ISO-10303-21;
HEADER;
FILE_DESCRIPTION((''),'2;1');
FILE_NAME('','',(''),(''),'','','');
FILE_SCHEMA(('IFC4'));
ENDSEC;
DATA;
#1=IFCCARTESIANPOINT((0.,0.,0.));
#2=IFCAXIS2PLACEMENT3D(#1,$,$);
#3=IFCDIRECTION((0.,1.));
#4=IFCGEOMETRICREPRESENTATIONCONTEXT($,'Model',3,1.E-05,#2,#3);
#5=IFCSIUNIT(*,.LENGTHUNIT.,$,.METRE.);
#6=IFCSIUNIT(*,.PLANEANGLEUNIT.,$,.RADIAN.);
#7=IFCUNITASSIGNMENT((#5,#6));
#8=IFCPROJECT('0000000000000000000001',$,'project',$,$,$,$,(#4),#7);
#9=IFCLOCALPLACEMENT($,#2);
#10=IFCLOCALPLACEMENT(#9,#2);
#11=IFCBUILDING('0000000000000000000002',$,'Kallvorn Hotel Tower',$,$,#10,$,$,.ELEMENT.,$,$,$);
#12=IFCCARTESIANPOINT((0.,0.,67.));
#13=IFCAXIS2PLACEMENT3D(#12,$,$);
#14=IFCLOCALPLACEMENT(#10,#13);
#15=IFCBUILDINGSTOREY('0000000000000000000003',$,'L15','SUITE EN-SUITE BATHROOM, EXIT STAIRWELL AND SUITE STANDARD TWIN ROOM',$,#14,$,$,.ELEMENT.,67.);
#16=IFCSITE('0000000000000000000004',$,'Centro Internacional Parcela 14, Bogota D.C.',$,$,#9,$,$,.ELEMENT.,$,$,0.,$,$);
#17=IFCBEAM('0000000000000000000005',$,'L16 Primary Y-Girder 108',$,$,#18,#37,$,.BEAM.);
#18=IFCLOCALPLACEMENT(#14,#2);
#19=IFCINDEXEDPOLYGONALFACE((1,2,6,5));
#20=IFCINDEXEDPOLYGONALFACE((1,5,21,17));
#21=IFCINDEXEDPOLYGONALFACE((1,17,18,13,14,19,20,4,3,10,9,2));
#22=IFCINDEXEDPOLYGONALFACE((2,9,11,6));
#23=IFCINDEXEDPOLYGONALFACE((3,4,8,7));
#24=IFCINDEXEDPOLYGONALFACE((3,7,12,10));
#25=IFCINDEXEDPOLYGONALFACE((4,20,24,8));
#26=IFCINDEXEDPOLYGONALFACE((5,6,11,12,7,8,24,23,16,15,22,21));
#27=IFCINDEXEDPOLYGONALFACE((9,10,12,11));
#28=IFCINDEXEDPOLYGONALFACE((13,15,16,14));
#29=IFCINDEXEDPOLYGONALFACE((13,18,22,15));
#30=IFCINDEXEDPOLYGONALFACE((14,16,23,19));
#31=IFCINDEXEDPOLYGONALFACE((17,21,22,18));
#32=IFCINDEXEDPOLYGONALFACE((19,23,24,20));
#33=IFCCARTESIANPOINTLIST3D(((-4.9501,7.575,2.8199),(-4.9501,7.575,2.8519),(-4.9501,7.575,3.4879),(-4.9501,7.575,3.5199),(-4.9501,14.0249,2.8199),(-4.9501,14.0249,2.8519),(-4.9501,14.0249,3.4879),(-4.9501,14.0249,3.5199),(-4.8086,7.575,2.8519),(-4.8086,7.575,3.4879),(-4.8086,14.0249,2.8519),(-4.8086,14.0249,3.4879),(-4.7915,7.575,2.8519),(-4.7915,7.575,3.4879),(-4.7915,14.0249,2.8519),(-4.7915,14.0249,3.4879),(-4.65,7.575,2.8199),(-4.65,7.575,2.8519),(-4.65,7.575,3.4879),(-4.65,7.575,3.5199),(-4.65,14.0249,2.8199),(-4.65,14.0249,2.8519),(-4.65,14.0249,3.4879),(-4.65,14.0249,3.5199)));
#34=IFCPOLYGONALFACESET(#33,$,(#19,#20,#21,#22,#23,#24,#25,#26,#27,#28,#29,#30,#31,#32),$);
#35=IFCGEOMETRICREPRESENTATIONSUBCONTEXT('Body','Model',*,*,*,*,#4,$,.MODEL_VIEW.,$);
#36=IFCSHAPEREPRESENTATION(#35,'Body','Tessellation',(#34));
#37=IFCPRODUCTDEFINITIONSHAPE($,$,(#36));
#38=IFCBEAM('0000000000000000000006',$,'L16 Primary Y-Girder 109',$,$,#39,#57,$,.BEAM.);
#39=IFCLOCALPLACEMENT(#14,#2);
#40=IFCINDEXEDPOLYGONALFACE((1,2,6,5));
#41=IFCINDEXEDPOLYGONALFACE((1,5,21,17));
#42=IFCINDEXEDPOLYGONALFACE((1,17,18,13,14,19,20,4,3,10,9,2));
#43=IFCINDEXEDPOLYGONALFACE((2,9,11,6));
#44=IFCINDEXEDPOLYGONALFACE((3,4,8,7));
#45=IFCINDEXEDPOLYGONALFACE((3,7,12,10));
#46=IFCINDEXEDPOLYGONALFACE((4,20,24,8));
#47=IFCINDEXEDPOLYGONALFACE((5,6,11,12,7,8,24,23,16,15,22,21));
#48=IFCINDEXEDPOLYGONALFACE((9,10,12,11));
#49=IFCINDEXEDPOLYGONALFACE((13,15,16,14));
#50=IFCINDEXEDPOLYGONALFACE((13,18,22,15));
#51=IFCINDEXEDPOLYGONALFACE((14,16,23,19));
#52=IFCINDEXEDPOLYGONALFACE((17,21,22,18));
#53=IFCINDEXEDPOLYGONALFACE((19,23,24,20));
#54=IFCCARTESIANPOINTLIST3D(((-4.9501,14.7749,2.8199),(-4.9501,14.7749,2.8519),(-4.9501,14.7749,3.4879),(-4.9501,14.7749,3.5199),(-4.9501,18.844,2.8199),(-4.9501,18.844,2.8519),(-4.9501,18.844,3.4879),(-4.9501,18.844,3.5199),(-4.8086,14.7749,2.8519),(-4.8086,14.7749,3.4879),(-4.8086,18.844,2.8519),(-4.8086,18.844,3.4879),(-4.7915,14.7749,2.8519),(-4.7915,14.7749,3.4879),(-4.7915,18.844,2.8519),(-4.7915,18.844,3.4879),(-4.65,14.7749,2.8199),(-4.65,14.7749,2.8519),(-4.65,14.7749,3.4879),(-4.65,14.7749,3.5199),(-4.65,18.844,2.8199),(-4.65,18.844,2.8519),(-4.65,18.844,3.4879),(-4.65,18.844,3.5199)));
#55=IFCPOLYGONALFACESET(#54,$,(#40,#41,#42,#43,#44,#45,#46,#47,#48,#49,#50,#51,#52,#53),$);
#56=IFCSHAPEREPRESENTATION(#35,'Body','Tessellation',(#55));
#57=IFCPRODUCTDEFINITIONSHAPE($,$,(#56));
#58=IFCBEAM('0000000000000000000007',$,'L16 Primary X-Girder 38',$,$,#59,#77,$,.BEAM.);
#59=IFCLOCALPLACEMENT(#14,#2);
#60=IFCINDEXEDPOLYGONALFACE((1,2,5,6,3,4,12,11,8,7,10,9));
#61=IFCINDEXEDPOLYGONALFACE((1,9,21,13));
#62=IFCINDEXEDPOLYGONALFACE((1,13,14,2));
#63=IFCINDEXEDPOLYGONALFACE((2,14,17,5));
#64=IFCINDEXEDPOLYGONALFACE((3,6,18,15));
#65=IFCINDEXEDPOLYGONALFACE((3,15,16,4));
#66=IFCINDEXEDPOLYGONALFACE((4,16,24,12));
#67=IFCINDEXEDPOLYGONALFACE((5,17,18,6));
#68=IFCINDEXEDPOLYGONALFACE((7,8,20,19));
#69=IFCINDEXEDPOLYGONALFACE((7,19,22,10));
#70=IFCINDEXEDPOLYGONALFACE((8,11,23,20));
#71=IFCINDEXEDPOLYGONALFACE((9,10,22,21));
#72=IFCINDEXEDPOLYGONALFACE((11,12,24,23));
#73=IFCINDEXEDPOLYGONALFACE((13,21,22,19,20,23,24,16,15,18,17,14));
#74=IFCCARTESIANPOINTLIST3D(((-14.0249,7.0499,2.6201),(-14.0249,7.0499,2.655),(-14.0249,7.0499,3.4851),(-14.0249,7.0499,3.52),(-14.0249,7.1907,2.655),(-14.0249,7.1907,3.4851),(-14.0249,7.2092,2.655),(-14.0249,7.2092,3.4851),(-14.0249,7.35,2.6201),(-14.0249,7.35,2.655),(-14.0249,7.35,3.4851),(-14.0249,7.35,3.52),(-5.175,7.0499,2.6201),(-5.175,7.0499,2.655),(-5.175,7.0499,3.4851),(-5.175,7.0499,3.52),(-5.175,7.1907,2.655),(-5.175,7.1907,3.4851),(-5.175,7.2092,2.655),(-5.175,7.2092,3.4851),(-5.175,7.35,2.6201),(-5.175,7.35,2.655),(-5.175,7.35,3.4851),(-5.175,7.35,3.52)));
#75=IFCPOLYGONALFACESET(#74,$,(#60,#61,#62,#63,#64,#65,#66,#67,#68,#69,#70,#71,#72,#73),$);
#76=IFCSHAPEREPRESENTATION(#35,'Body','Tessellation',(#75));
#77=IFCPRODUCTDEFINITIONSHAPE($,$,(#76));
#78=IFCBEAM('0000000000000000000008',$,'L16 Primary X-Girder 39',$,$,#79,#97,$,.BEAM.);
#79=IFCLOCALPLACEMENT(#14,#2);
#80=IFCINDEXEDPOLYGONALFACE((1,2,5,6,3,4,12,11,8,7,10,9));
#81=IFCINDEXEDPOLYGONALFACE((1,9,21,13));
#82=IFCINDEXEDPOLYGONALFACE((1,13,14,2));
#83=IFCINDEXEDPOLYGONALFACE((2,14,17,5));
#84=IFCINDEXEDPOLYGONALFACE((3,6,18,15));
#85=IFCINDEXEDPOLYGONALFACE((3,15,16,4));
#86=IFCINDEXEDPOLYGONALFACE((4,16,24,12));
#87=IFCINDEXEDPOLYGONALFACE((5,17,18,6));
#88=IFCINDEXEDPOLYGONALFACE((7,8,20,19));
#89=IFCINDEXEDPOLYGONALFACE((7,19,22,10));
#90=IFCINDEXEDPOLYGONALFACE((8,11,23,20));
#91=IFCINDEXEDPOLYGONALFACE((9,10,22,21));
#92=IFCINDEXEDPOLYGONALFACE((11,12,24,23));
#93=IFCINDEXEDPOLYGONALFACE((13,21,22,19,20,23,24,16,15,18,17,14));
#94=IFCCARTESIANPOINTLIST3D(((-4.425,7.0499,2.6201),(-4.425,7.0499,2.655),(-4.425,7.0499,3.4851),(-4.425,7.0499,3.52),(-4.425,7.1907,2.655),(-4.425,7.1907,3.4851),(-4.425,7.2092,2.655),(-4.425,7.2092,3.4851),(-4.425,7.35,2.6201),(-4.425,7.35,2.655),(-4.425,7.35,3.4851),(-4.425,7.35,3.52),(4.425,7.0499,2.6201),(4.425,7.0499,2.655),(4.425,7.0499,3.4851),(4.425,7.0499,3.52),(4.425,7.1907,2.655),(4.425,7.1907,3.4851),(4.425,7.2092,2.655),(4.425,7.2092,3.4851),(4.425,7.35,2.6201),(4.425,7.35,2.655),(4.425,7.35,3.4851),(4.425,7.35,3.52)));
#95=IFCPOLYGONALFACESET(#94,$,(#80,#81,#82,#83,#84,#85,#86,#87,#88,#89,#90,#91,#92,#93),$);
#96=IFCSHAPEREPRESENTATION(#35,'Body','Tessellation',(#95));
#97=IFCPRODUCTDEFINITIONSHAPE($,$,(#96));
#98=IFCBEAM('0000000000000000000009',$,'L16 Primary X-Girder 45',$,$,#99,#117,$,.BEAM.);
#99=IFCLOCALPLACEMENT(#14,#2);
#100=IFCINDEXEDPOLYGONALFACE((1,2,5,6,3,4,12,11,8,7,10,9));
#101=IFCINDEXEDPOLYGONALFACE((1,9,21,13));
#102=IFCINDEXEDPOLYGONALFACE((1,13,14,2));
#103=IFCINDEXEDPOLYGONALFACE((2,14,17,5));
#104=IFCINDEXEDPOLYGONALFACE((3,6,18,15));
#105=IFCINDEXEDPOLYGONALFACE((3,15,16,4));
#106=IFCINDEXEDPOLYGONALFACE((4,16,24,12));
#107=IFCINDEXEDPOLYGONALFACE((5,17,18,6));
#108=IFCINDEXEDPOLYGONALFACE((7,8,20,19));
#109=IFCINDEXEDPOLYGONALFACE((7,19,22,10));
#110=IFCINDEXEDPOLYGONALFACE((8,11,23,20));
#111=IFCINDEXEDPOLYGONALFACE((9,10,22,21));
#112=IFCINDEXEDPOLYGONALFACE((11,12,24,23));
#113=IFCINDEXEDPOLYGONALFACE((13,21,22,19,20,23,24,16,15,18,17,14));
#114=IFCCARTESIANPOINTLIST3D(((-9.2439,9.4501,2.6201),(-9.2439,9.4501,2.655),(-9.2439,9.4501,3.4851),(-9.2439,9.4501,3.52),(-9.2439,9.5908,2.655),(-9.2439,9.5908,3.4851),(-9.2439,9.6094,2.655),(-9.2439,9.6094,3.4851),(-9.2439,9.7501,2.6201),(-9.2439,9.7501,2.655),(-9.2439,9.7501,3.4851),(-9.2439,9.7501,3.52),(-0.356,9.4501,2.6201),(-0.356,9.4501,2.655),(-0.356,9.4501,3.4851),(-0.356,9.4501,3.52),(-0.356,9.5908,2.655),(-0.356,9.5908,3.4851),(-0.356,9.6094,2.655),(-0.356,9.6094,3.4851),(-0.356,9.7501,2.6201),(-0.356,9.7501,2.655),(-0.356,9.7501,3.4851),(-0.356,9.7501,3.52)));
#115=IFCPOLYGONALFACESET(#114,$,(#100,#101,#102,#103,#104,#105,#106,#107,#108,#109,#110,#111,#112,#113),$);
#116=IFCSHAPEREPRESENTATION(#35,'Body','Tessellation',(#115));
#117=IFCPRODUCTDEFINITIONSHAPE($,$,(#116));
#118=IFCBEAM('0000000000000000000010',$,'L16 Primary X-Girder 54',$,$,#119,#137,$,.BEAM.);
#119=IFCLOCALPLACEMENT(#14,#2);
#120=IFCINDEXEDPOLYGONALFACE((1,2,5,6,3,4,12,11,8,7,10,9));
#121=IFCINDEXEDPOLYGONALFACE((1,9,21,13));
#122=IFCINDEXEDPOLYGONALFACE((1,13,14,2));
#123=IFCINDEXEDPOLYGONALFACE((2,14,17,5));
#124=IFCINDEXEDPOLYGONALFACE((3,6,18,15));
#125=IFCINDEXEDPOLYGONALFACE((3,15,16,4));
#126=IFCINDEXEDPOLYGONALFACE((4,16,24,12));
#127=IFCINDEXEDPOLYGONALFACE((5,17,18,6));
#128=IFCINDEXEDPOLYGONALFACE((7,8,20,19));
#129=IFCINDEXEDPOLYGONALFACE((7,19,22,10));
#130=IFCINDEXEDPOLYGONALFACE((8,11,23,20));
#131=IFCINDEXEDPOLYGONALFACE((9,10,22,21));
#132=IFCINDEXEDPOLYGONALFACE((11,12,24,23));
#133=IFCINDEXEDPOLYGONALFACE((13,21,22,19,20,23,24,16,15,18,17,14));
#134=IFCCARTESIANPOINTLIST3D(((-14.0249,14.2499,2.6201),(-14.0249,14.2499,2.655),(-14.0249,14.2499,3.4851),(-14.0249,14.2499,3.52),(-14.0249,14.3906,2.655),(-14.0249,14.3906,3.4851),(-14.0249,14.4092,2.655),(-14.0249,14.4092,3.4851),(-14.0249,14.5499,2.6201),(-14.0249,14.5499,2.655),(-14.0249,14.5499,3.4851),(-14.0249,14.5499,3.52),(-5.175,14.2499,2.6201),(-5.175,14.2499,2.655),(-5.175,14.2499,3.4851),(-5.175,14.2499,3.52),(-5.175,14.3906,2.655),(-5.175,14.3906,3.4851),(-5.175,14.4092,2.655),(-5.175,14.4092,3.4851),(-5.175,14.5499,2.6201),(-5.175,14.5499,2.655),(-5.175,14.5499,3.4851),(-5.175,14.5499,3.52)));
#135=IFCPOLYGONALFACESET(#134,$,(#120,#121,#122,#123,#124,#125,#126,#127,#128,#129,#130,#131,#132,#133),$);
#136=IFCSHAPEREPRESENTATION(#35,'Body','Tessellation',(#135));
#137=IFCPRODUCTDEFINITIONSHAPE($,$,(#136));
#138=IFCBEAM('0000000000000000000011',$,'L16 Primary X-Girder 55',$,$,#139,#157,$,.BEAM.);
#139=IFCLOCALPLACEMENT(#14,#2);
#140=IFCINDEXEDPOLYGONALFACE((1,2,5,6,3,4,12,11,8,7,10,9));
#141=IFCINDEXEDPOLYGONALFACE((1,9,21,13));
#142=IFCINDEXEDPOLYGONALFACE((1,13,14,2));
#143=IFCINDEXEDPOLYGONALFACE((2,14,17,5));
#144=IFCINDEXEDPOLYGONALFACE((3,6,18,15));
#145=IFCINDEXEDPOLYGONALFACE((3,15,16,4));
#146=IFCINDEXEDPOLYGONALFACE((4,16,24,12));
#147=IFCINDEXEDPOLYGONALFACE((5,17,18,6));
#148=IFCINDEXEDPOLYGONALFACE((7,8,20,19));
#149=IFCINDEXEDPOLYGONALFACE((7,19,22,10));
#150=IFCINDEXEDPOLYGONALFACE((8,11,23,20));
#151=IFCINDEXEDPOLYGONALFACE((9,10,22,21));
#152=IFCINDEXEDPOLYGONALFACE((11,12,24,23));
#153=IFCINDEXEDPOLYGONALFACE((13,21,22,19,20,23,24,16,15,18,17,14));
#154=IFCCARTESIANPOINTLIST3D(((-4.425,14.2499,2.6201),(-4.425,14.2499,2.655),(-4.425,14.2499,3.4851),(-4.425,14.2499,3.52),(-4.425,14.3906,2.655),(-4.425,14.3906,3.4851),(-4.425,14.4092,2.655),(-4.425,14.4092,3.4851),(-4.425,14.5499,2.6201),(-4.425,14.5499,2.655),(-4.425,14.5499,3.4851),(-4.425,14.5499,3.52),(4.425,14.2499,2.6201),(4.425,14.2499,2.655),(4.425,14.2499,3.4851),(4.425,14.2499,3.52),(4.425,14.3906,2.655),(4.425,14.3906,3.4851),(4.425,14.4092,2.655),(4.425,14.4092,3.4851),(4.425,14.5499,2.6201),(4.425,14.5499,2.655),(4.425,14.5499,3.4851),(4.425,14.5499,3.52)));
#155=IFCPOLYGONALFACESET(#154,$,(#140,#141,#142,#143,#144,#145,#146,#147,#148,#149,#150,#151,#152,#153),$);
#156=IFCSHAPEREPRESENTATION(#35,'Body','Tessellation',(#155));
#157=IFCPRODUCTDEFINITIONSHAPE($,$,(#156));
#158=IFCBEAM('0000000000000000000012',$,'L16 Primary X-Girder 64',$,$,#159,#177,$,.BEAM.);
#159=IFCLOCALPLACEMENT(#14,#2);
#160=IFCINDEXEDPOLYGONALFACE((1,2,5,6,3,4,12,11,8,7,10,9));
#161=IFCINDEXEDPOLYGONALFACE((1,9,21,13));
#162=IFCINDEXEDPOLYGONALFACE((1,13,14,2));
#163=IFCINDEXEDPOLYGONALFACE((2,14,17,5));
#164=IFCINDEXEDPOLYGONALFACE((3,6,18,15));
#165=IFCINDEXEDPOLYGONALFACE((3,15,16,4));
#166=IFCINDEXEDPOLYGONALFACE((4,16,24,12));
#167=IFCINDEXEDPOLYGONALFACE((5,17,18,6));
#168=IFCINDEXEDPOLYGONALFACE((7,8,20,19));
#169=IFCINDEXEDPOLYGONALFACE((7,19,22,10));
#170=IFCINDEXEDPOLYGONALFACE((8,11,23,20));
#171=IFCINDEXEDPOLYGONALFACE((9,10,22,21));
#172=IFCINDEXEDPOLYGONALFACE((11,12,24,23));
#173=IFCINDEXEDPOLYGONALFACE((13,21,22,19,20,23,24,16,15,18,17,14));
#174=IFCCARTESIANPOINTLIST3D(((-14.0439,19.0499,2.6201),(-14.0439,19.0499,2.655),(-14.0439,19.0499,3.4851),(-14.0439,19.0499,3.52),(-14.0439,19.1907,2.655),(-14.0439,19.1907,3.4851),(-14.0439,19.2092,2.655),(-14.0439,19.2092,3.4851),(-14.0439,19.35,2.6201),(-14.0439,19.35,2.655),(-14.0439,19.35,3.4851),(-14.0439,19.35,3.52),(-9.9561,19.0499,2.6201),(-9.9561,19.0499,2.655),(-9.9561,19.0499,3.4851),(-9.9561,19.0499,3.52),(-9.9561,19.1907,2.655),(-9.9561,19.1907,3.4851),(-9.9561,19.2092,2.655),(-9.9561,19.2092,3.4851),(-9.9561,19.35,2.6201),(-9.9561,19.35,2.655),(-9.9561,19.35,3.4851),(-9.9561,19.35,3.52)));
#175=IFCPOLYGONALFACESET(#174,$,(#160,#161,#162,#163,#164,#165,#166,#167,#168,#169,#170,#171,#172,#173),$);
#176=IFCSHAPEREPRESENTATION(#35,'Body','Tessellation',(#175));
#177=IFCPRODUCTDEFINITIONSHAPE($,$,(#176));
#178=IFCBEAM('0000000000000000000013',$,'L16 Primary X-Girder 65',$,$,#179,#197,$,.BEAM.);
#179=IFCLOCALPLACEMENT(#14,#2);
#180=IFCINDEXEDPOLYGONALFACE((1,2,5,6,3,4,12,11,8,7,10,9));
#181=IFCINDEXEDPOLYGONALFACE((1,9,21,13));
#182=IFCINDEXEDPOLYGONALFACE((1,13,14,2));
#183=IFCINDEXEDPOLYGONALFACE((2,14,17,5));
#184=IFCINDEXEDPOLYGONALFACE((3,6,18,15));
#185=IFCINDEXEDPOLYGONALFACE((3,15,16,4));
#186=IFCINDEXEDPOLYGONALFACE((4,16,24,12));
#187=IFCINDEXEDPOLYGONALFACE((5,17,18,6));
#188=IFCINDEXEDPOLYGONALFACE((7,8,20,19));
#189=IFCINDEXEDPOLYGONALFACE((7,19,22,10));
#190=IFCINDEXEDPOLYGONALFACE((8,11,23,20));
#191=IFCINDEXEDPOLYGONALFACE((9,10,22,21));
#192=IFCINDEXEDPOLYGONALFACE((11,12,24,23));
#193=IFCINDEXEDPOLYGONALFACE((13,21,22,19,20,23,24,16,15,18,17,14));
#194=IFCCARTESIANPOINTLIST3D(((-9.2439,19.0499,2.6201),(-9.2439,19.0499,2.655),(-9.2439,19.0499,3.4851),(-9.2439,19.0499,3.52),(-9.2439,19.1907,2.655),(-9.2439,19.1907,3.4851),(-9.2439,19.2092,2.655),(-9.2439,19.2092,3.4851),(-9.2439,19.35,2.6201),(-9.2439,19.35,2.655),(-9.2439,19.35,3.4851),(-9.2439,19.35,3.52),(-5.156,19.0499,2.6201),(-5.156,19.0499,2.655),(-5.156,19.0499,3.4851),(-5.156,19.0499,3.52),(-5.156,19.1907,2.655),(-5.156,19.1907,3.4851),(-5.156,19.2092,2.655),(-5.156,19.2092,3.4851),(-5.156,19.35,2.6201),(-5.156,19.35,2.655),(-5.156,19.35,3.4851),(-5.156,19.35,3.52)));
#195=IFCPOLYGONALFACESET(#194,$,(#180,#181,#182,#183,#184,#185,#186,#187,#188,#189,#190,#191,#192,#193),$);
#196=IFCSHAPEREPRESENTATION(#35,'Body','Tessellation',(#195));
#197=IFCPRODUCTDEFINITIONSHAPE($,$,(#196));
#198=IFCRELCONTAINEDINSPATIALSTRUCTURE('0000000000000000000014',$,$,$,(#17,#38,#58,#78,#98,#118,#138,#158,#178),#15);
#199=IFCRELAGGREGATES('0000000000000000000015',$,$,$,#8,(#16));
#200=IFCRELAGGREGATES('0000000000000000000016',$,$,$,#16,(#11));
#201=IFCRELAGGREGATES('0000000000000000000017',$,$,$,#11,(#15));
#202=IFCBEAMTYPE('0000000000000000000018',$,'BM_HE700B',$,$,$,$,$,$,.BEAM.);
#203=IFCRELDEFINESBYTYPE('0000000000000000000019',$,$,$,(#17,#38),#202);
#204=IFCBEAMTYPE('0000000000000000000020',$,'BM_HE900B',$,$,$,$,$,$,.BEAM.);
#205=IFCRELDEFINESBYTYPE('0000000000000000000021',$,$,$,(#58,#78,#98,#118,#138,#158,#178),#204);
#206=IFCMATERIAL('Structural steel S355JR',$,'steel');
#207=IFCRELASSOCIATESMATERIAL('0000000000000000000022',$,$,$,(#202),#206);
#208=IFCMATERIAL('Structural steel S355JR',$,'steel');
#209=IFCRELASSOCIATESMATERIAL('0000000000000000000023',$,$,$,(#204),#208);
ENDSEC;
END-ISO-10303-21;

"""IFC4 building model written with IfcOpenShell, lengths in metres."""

from ifc_helpers import new_model, si_unit, direction, frame, origin, origin_2d, place, context, subcontext, project, spatial, i_section, extrude, material, material_profile, profile_set, type_object, element, save


model = new_model("IFC4")

# Units and contexts
model_context = context("Model", 3, precision=1e-05, world=origin(), true_north=direction((0.0, 1.0)))
body_context = subcontext(model_context, "Body", "Model", "MODEL_VIEW")
ifc_project = project(units=[si_unit("LENGTHUNIT", "METRE"), si_unit("PLANEANGLEUNIT", "RADIAN")], contexts=[model_context])

# Site, building, storey
site_placement = place(None, origin())
site = spatial("IfcSite", under=ifc_project, at=site_placement, Name="Centro Internacional Parcela 14, Bogota D.C.", CompositionType="ELEMENT", RefElevation=0.0)
building_placement = place(site_placement, origin())
building = spatial("IfcBuilding", under=site, at=building_placement, Name="Kallvorn Hotel Tower", CompositionType="ELEMENT")
storey_placement = place(building_placement, frame((0.0, 0.0, 67.0)))
storey = spatial("IfcBuildingStorey", under=building, at=storey_placement, Name="L15", Description="SUITE EN-SUITE BATHROOM, EXIT STAIRWELL AND SUITE STANDARD TWIN ROOM", CompositionType="ELEMENT", Elevation=67.0)

# Beams
ifc_material_1 = material(Name="Structural steel S355JR", Category="steel")
ifc_material_profile_1 = material_profile(ifc_material_1, i_section(OverallWidth=0.3, OverallDepth=0.7, WebThickness=0.0171, FlangeThickness=0.032, at=origin_2d()), Name="HE 700 B")
ifc_profile_set_1 = profile_set([ifc_material_profile_1], Name="Structural steel S355JR")
beam_type_1 = type_object("IfcBeamType", Name="BM_HE700B", PredefinedType="BEAM", material=ifc_profile_set_1)
beam_1_placement = place(storey_placement, frame((-4.8, 7.575, 3.1699), z_axis=(0.0, 1.0, 0.0), x_axis=(-1.0, 0.0, 0.0)))
element("IfcBeam", 1, at=beam_1_placement, inside=storey, type_object=beam_type_1, Name="L16 Primary Y-Girder 108", PredefinedType="BEAM", context=body_context, shape_type="SweptSolid", body=[
    extrude(i_section(OverallWidth=0.3, OverallDepth=0.7, WebThickness=0.0171, FlangeThickness=0.032, at=origin_2d()), origin(), (0.0, 0.0, 1.0), 6.45),
])
beam_2_placement = place(storey_placement, frame((-4.8, 14.7749, 3.1699), z_axis=(0.0, 1.0, 0.0), x_axis=(-1.0, 0.0, 0.0)))
element("IfcBeam", 2, at=beam_2_placement, inside=storey, type_object=beam_type_1, Name="L16 Primary Y-Girder 109", PredefinedType="BEAM", context=body_context, shape_type="SweptSolid", body=[
    extrude(i_section(OverallWidth=0.3, OverallDepth=0.7, WebThickness=0.0171, FlangeThickness=0.032, at=origin_2d()), origin(), (0.0, 0.0, 1.0), 4.0691),
])
ifc_material_2 = material(Name="Structural steel S355JR", Category="steel")
ifc_material_profile_2 = material_profile(ifc_material_2, i_section(OverallWidth=0.3, OverallDepth=0.8999, WebThickness=0.0186, FlangeThickness=0.0349, at=origin_2d()), Name="HE 900 B")
ifc_profile_set_2 = profile_set([ifc_material_profile_2], Name="Structural steel S355JR")
beam_type_2 = type_object("IfcBeamType", Name="BM_HE900B", PredefinedType="BEAM", material=ifc_profile_set_2)
beam_3_placement = place(storey_placement, frame((-14.0249, 7.2, 3.0701), z_axis=(1.0, 0.0, 0.0), x_axis=(0.0, 1.0, 0.0)))
element("IfcBeam", 3, at=beam_3_placement, inside=storey, type_object=beam_type_2, Name="L16 Primary X-Girder 38", PredefinedType="BEAM", context=body_context, shape_type="SweptSolid", body=[
    extrude(i_section(OverallWidth=0.3, OverallDepth=0.8999, WebThickness=0.0186, FlangeThickness=0.0349, at=origin_2d()), origin(), (0.0, 0.0, 1.0), 8.8499),
])
beam_4_placement = place(storey_placement, frame((-4.425, 7.2, 3.0701), z_axis=(1.0, 0.0, 0.0), x_axis=(0.0, 1.0, 0.0)))
element("IfcBeam", 4, at=beam_4_placement, inside=storey, type_object=beam_type_2, Name="L16 Primary X-Girder 39", PredefinedType="BEAM", context=body_context, shape_type="SweptSolid", body=[
    extrude(i_section(OverallWidth=0.3, OverallDepth=0.8999, WebThickness=0.0186, FlangeThickness=0.0349, at=origin_2d()), origin(), (0.0, 0.0, 1.0), 8.8501),
])
beam_5_placement = place(storey_placement, frame((-9.2439, 9.6001, 3.0701), z_axis=(1.0, 0.0, 0.0), x_axis=(0.0, 1.0, 0.0)))
element("IfcBeam", 5, at=beam_5_placement, inside=storey, type_object=beam_type_2, Name="L16 Primary X-Girder 45", PredefinedType="BEAM", context=body_context, shape_type="SweptSolid", body=[
    extrude(i_section(OverallWidth=0.3, OverallDepth=0.8999, WebThickness=0.0186, FlangeThickness=0.0349, at=origin_2d()), origin(), (0.0, 0.0, 1.0), 8.8879),
])
beam_6_placement = place(storey_placement, frame((-14.0249, 14.3999, 3.0701), z_axis=(1.0, 0.0, 0.0), x_axis=(0.0, 1.0, 0.0)))
element("IfcBeam", 6, at=beam_6_placement, inside=storey, type_object=beam_type_2, Name="L16 Primary X-Girder 54", PredefinedType="BEAM", context=body_context, shape_type="SweptSolid", body=[
    extrude(i_section(OverallWidth=0.3, OverallDepth=0.8999, WebThickness=0.0186, FlangeThickness=0.0349, at=origin_2d()), origin(), (0.0, 0.0, 1.0), 8.8499),
])
beam_7_placement = place(storey_placement, frame((-4.425, 14.3999, 3.0701), z_axis=(1.0, 0.0, 0.0), x_axis=(0.0, 1.0, 0.0)))
element("IfcBeam", 7, at=beam_7_placement, inside=storey, type_object=beam_type_2, Name="L16 Primary X-Girder 55", PredefinedType="BEAM", context=body_context, shape_type="SweptSolid", body=[
    extrude(i_section(OverallWidth=0.3, OverallDepth=0.8999, WebThickness=0.0186, FlangeThickness=0.0349, at=origin_2d()), origin(), (0.0, 0.0, 1.0), 8.8501),
])
for number, where, z_axis, x_axis, name in (
    (8, (-14.0439, 19.2, 3.0701), (1.0, 0.0, 0.0), (0.0, 1.0, 0.0), "L16 Primary X-Girder 64"),
    (9, (-9.2439, 19.2, 3.0701), (1.0, 0.0, 0.0), (0.0, 1.0, 0.0), "L16 Primary X-Girder 65"),
):
    element("IfcBeam", number, at=place(storey_placement, frame(where, z_axis=z_axis, x_axis=x_axis)), inside=storey, type_object=beam_type_2, Name=name, PredefinedType="BEAM", context=body_context, shape_type="SweptSolid", body=[
        extrude(i_section(OverallWidth=0.3, OverallDepth=0.8999, WebThickness=0.0186, FlangeThickness=0.0349, at=origin_2d()), origin(), (0.0, 0.0, 1.0), 4.0879),
    ])

save(model, "model.ifc")
